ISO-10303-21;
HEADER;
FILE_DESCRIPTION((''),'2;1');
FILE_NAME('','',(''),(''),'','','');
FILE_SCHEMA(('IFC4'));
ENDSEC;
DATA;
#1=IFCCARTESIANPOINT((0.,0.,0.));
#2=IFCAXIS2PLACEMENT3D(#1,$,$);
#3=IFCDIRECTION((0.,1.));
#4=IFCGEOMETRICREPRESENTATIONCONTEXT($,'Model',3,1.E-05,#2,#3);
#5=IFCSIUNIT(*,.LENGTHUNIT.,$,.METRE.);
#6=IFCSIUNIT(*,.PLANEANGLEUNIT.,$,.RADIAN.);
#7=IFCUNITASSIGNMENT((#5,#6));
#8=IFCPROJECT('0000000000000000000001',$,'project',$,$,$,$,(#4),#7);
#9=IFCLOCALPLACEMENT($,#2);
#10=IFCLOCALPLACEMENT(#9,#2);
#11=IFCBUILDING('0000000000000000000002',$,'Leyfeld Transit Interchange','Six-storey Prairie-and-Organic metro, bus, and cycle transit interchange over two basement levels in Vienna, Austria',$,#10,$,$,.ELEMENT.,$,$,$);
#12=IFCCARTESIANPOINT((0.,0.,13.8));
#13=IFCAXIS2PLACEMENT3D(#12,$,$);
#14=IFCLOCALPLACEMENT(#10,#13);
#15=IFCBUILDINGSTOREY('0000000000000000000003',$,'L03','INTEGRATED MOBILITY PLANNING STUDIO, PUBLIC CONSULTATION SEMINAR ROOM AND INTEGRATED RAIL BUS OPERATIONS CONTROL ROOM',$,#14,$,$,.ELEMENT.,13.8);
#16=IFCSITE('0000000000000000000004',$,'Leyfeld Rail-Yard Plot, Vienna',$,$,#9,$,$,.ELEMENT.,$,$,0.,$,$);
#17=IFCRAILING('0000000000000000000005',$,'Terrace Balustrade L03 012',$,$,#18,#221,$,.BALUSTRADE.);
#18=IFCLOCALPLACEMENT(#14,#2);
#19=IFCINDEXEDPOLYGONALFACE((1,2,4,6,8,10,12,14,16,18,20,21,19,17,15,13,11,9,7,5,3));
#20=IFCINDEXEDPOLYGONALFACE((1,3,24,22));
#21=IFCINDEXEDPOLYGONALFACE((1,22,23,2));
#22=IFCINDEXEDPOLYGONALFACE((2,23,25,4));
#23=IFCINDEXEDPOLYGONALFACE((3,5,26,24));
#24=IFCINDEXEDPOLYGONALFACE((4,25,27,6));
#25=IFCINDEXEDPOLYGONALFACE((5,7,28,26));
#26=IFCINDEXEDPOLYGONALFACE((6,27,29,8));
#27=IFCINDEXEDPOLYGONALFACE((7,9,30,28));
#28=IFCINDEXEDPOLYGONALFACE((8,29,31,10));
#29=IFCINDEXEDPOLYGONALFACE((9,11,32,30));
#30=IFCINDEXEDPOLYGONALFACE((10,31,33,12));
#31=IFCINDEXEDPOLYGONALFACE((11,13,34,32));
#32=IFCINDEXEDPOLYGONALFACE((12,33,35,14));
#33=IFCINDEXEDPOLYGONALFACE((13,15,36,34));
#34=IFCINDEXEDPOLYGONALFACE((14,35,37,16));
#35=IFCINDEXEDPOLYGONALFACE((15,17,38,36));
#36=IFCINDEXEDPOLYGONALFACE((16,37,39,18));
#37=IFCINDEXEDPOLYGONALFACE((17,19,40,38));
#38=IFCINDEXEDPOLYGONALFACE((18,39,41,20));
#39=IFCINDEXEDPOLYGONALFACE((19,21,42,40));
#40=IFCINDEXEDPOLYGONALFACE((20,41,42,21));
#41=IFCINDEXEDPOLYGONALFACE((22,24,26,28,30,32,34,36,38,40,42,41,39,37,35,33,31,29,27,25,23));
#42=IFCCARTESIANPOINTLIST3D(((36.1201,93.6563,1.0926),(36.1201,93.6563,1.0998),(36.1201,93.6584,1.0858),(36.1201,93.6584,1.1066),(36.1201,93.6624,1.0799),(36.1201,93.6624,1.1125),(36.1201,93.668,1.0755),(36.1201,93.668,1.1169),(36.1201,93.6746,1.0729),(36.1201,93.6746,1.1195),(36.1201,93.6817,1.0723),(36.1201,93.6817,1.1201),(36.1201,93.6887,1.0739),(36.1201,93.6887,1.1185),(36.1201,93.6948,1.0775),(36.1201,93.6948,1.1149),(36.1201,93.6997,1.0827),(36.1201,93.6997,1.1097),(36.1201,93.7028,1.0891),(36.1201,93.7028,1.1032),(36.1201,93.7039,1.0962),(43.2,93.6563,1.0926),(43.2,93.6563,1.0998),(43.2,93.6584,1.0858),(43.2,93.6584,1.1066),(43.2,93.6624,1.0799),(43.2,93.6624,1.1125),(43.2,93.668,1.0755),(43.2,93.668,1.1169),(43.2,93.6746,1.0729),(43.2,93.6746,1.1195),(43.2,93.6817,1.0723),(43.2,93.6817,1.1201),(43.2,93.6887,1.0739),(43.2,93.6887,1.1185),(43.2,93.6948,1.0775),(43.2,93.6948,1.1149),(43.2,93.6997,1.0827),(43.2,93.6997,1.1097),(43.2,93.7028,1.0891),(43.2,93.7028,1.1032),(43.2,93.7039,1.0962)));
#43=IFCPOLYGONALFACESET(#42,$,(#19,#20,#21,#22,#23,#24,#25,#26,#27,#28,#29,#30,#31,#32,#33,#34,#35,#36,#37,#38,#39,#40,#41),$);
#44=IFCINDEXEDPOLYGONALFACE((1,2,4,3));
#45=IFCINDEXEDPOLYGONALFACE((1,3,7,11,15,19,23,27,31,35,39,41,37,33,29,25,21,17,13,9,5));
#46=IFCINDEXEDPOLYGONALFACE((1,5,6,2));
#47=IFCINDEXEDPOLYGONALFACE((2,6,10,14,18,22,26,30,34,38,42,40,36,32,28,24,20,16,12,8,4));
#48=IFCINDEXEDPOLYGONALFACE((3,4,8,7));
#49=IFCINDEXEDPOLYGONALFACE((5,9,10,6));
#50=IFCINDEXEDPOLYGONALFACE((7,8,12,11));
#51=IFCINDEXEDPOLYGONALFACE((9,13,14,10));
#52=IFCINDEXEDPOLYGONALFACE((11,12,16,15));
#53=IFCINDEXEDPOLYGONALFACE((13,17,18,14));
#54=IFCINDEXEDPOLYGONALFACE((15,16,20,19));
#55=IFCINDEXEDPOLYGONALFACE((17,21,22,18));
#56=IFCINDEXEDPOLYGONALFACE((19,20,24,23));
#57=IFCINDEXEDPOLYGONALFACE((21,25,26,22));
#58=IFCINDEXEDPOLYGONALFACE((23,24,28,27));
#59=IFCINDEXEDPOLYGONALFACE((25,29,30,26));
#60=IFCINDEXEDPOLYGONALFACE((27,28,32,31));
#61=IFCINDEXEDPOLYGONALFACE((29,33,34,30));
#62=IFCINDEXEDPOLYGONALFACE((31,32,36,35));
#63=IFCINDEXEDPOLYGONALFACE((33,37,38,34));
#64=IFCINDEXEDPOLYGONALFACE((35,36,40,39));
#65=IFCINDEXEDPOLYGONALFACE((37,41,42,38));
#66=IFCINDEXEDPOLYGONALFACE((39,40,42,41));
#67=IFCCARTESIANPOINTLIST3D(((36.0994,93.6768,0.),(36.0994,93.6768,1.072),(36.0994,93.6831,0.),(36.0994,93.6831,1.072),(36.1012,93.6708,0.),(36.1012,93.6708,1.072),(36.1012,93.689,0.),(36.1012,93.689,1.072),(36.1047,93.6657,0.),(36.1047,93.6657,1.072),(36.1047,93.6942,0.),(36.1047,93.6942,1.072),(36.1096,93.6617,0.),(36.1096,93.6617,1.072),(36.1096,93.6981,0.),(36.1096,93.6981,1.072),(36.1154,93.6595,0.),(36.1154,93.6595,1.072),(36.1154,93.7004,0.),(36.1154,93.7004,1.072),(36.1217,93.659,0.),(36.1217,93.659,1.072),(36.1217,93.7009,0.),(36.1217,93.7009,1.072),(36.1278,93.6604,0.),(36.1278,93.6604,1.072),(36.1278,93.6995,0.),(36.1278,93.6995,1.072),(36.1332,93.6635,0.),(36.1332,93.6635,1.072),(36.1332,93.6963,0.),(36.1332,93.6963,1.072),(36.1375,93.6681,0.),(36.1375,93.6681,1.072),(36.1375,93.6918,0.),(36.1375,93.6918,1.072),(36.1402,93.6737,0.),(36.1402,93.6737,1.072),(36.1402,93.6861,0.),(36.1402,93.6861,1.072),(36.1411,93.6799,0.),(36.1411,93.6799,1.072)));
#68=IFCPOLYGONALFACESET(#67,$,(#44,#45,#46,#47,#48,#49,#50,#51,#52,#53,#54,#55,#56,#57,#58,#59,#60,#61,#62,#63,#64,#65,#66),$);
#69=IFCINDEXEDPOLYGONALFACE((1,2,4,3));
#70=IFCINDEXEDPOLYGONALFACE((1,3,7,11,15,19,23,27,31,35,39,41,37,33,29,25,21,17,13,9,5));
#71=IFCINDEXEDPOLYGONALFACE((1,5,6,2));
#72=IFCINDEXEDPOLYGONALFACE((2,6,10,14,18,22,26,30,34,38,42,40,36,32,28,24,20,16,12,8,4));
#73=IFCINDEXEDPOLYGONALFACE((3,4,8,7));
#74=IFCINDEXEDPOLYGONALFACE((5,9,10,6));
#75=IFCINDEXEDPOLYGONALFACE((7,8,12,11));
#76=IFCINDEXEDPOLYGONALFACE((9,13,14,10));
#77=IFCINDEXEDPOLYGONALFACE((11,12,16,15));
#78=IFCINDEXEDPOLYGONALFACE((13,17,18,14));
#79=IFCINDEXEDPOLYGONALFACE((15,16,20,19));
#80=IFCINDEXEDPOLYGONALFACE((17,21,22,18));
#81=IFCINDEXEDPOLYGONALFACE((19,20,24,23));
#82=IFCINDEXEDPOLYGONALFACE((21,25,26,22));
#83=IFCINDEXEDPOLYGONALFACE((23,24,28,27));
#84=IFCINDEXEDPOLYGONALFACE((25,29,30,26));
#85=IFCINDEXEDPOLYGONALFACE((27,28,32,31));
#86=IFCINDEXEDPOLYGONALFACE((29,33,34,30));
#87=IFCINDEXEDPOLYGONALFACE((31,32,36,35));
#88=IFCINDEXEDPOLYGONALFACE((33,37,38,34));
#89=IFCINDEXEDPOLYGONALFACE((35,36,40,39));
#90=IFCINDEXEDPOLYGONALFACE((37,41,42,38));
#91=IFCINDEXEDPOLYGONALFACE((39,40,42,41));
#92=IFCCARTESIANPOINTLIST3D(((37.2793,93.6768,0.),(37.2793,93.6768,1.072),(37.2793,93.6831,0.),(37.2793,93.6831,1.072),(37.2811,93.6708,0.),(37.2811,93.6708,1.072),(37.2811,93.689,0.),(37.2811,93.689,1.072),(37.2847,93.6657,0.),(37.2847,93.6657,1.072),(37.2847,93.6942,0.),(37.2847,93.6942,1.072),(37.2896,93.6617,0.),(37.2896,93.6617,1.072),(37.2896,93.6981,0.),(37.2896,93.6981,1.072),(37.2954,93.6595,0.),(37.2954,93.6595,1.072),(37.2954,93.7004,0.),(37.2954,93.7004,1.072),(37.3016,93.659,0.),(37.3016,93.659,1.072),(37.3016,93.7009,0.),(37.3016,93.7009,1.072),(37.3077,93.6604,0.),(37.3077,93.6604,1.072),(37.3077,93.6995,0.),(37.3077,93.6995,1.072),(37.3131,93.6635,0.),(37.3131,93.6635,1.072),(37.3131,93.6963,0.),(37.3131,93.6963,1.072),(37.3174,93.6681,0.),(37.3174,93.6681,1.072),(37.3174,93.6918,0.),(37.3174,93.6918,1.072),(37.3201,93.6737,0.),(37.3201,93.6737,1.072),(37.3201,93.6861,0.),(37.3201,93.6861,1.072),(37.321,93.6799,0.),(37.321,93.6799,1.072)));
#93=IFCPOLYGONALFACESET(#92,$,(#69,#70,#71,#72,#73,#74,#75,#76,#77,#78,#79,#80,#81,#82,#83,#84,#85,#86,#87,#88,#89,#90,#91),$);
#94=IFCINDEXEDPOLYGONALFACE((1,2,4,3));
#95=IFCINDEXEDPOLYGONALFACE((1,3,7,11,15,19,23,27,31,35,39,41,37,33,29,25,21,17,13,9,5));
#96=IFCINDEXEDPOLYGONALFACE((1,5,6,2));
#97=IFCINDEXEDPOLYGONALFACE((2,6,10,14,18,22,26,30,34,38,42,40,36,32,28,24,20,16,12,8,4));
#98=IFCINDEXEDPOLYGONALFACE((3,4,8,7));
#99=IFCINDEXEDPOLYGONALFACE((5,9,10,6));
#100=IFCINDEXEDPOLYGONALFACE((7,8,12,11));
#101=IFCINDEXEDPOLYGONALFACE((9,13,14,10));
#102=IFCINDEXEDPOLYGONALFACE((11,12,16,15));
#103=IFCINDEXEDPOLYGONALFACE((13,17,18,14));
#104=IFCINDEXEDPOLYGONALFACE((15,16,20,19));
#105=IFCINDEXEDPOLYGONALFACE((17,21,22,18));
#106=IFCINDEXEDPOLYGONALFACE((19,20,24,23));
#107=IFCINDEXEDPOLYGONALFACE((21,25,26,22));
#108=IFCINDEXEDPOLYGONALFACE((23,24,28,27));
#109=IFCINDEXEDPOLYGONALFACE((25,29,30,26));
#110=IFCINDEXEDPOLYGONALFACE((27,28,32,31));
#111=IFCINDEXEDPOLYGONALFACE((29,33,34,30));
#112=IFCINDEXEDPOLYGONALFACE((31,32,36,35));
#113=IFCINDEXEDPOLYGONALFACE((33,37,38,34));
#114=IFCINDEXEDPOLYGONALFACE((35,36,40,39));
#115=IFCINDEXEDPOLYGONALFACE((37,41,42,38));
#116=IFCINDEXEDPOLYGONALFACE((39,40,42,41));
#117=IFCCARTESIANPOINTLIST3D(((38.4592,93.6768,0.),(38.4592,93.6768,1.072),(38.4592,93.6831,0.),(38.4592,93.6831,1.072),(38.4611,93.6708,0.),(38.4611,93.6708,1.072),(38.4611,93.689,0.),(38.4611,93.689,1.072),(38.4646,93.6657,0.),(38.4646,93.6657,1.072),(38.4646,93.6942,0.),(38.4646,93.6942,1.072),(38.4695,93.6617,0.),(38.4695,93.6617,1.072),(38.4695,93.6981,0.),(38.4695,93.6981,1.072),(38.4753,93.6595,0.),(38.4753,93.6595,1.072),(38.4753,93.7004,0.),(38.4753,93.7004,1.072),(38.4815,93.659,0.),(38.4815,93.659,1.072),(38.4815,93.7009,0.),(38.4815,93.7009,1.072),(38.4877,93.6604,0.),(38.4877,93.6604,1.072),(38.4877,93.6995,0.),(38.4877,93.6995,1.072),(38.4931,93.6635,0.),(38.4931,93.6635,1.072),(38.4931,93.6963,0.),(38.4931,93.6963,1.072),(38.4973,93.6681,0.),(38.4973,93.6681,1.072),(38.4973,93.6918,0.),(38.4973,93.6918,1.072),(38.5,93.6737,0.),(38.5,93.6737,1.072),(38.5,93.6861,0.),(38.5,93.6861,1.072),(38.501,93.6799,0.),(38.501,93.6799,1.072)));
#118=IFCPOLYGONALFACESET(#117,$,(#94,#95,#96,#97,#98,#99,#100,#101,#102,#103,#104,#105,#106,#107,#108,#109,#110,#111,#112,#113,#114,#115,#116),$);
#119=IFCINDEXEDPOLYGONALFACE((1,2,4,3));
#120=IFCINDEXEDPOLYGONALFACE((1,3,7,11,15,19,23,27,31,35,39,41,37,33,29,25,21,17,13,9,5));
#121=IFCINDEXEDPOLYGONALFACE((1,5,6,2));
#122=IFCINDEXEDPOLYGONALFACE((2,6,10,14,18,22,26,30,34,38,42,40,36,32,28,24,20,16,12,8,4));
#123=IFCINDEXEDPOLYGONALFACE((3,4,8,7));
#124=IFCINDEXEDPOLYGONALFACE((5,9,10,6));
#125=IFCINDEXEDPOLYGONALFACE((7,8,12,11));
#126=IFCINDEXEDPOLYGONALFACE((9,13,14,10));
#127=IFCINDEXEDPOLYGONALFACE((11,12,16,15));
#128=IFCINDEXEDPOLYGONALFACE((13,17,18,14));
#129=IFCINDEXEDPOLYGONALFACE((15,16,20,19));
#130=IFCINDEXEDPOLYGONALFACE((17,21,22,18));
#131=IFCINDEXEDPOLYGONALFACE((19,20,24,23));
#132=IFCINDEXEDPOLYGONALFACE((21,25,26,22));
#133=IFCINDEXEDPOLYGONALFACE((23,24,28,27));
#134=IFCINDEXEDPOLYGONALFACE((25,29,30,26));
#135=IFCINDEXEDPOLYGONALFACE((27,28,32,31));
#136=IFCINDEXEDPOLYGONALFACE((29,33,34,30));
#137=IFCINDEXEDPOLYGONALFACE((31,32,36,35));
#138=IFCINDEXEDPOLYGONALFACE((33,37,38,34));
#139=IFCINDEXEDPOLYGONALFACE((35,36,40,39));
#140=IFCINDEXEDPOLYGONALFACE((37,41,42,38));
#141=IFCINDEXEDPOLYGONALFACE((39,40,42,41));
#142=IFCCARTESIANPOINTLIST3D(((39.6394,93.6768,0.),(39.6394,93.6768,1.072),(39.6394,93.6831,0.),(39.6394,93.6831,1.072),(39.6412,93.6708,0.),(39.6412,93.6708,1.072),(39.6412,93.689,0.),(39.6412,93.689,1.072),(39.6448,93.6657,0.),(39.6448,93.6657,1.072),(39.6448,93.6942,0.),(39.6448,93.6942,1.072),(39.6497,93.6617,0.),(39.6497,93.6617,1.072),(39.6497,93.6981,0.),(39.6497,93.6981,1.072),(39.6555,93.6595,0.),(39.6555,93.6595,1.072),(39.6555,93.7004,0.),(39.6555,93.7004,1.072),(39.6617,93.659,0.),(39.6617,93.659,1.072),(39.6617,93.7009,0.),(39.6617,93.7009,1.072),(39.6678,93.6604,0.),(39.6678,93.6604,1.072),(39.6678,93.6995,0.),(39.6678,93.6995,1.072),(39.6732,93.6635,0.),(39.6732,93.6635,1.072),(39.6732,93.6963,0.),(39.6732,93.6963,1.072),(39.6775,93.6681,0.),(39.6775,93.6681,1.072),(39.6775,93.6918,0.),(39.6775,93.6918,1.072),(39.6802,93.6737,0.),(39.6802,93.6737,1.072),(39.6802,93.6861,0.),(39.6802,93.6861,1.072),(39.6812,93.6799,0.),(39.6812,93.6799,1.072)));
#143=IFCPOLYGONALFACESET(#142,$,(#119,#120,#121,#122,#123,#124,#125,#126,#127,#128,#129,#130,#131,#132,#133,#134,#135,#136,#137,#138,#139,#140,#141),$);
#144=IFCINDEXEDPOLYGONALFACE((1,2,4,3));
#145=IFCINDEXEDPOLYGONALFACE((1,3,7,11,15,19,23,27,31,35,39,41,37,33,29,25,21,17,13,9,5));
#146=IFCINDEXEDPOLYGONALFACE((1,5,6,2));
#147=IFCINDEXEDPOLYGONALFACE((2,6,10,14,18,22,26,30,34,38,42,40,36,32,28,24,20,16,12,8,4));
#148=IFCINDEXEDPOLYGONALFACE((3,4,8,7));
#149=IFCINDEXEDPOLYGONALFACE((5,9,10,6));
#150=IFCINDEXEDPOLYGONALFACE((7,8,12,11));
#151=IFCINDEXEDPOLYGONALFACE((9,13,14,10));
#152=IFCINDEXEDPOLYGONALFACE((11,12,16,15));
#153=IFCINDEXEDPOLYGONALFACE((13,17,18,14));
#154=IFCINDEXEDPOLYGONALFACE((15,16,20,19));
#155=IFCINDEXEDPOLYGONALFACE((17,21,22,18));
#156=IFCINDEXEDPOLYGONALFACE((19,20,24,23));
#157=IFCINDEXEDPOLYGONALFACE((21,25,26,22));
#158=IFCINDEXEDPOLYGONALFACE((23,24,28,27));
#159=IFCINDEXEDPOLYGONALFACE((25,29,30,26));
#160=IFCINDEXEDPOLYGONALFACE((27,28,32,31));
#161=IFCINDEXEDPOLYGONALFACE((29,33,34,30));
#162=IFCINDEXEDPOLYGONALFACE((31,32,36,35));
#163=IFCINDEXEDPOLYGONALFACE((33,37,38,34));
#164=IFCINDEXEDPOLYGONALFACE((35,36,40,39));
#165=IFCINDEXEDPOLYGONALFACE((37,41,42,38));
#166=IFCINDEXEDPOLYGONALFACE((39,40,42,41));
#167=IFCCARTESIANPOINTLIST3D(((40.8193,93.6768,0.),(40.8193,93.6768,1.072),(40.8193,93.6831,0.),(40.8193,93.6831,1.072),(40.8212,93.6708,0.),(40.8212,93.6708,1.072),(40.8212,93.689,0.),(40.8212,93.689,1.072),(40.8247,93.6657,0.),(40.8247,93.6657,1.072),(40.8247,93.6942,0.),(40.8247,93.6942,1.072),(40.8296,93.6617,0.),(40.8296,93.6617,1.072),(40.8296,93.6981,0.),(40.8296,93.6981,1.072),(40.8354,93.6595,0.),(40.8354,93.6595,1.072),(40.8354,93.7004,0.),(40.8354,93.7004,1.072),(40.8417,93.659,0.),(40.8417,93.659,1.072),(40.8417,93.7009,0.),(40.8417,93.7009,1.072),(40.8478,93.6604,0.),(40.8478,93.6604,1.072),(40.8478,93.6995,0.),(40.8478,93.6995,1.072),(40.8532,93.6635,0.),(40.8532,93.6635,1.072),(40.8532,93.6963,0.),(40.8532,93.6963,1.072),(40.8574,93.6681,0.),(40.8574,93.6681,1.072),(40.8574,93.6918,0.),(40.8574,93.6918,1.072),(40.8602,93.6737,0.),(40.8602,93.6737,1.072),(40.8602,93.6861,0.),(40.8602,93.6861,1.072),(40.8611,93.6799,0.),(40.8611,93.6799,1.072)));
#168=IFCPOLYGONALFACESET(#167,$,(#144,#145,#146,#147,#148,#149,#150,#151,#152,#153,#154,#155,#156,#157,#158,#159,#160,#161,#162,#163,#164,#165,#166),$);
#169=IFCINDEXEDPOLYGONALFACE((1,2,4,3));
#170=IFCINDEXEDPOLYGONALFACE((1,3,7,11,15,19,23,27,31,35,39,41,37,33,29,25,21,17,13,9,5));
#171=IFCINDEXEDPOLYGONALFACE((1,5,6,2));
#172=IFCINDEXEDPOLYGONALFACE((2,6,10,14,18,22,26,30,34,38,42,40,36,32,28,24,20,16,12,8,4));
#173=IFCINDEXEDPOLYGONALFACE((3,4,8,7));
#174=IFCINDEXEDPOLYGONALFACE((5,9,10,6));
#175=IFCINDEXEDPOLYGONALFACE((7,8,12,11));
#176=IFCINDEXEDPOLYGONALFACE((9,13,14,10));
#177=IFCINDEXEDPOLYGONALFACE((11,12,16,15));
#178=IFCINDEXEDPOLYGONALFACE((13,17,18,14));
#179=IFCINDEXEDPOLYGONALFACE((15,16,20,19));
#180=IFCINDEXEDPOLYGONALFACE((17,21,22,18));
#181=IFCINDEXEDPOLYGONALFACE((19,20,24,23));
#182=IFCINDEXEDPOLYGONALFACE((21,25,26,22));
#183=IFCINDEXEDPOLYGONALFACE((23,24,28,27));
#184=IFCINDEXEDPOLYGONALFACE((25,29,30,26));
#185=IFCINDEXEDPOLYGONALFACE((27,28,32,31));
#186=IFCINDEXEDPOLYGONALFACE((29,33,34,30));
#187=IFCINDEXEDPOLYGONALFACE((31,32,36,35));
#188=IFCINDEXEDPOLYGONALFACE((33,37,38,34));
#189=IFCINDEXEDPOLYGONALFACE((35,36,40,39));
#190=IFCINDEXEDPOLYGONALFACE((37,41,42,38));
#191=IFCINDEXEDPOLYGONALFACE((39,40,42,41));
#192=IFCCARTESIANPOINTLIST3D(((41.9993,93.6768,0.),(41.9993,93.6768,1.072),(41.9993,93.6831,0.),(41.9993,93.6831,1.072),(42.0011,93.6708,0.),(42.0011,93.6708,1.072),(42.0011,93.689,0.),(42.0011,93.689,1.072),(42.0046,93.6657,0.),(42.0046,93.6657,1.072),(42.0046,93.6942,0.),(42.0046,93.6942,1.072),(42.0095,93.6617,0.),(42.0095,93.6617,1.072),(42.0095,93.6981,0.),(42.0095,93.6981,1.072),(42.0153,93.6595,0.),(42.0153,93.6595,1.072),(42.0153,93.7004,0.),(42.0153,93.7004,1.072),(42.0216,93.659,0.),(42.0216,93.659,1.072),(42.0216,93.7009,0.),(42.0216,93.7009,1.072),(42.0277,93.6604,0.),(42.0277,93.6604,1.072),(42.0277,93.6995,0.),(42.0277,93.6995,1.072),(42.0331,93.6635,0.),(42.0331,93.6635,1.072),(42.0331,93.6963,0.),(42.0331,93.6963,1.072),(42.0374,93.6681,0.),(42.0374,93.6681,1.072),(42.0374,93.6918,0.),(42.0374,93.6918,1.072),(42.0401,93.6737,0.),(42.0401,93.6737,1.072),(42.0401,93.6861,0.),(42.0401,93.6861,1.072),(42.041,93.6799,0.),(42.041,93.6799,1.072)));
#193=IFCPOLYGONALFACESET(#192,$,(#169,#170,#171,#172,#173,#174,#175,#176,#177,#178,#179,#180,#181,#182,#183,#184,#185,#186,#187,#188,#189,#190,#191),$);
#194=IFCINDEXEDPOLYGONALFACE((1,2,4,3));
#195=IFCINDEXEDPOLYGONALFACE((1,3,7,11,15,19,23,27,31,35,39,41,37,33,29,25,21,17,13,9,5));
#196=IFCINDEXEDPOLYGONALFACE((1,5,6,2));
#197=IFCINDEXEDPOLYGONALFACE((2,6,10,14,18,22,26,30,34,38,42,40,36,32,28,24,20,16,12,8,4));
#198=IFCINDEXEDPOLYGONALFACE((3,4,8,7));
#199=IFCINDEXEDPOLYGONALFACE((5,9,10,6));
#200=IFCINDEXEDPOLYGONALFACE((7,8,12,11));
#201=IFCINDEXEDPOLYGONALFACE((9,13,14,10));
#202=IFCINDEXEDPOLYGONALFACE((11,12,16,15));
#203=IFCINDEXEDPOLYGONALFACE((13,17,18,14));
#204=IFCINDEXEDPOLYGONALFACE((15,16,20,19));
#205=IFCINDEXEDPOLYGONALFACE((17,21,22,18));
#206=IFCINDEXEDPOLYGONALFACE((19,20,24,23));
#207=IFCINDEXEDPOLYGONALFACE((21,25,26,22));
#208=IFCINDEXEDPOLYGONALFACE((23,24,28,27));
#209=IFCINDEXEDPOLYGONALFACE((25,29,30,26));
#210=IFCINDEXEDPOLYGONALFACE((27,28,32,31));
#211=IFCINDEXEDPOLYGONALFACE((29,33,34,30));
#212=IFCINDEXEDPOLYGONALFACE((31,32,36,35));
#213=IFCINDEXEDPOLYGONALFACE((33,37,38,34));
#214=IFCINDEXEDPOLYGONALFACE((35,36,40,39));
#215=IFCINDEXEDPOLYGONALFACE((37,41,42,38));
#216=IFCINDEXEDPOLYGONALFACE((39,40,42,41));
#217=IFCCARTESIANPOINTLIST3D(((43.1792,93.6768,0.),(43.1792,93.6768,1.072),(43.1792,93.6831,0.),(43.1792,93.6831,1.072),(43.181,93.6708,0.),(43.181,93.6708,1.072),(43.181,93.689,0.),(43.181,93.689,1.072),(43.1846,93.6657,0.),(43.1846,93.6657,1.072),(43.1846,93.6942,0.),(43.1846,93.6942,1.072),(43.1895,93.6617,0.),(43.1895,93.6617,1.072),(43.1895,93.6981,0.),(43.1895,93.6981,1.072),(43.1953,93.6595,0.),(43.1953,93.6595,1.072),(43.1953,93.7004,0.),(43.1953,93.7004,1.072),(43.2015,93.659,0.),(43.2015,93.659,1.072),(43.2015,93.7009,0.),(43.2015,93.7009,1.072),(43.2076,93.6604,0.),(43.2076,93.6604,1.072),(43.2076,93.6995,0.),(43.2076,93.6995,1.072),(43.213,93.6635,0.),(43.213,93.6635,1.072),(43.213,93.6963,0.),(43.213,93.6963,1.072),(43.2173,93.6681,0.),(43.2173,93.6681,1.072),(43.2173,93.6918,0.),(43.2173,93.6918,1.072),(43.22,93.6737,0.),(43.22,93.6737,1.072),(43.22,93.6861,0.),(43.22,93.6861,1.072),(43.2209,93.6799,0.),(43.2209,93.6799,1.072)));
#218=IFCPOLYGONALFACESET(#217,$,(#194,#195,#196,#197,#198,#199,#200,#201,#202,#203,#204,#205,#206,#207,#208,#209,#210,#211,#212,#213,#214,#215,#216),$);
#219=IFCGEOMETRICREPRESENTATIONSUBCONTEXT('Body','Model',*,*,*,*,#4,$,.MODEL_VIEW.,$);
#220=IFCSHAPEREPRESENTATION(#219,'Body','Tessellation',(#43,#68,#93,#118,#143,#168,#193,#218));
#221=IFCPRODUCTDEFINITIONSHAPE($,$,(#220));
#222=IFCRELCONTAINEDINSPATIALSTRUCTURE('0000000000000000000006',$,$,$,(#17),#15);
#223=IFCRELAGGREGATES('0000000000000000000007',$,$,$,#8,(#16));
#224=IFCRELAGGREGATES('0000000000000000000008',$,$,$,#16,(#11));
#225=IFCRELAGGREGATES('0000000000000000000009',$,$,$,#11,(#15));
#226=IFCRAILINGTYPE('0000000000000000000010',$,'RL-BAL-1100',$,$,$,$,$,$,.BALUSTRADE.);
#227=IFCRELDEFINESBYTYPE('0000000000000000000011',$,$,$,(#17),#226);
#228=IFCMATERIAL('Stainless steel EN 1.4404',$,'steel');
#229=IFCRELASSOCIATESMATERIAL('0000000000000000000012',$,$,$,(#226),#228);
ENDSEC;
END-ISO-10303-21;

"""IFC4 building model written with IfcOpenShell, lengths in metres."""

from ifc_helpers import new_model, si_unit, direction, frame, origin, origin_2d, place, context, subcontext, project, spatial, circle, extrude, material, type_object, element, save


model = new_model("IFC4")

# Units and contexts
model_context = context("Model", 3, precision=1e-05, world=origin(), true_north=direction((0.0, 1.0)))
body_context = subcontext(model_context, "Body", "Model", "MODEL_VIEW")
ifc_project = project(units=[si_unit("LENGTHUNIT", "METRE"), si_unit("PLANEANGLEUNIT", "RADIAN")], contexts=[model_context])

# Site, building, storey
site_placement = place(None, origin())
site = spatial("IfcSite", under=ifc_project, at=site_placement, Name="Leyfeld Rail-Yard Plot, Vienna", CompositionType="ELEMENT", RefElevation=0.0)
building_placement = place(site_placement, origin())
building = spatial("IfcBuilding", under=site, at=building_placement, Name="Leyfeld Transit Interchange", Description="Six-storey Prairie-and-Organic metro, bus, and cycle transit interchange over two basement levels in Vienna, Austria", CompositionType="ELEMENT")
storey_placement = place(building_placement, frame((0.0, 0.0, 13.8)))
storey = spatial("IfcBuildingStorey", under=building, at=storey_placement, Name="L03", Description="INTEGRATED MOBILITY PLANNING STUDIO, PUBLIC CONSULTATION SEMINAR ROOM AND INTEGRATED RAIL BUS OPERATIONS CONTROL ROOM", CompositionType="ELEMENT", Elevation=13.8)

# Railing
ifc_material_1 = material(Name="Stainless steel EN 1.4404", Category="steel")
railing_type = type_object("IfcRailingType", Name="RL-BAL-1100", PredefinedType="BALUSTRADE", material=ifc_material_1)
railing_1_placement = place(storey_placement, frame((36.1201, 93.6799, 0.0)))
element("IfcRailing", 1, at=railing_1_placement, inside=storey, type_object=railing_type, Name="Terrace Balustrade L03 012", PredefinedType="BALUSTRADE", context=body_context, shape_type="SweptSolid", body=[
    extrude(circle(Radius=0.0239, at=origin_2d()), frame((0.0, 0.0, 1.0962), z_axis=(1.0, 0.0, 0.0), x_axis=(0.0, 1.0, 0.0)), (0.0, 0.0, 1.0), 7.0798),
    extrude(circle(Radius=0.021, at=origin_2d()), origin(), (0.0, 0.0, 1.0), 1.072),
    extrude(circle(Radius=0.021, at=origin_2d()), frame((1.1799, 0.0, 0.0)), (0.0, 0.0, 1.0), 1.072),
    extrude(circle(Radius=0.021, at=origin_2d()), frame((2.3599, 0.0, 0.0)), (0.0, 0.0, 1.0), 1.072),
    extrude(circle(Radius=0.021, at=origin_2d()), frame((3.54, 0.0, 0.0)), (0.0, 0.0, 1.0), 1.072),
    extrude(circle(Radius=0.021, at=origin_2d()), frame((4.72, 0.0, 0.0)), (0.0, 0.0, 1.0), 1.072),
    extrude(circle(Radius=0.021, at=origin_2d()), frame((5.8999, 0.0, 0.0)), (0.0, 0.0, 1.0), 1.072),
    extrude(circle(Radius=0.021, at=origin_2d()), frame((7.0798, 0.0, 0.0)), (0.0, 0.0, 1.0), 1.072),
])

save(model, "model.ifc")
